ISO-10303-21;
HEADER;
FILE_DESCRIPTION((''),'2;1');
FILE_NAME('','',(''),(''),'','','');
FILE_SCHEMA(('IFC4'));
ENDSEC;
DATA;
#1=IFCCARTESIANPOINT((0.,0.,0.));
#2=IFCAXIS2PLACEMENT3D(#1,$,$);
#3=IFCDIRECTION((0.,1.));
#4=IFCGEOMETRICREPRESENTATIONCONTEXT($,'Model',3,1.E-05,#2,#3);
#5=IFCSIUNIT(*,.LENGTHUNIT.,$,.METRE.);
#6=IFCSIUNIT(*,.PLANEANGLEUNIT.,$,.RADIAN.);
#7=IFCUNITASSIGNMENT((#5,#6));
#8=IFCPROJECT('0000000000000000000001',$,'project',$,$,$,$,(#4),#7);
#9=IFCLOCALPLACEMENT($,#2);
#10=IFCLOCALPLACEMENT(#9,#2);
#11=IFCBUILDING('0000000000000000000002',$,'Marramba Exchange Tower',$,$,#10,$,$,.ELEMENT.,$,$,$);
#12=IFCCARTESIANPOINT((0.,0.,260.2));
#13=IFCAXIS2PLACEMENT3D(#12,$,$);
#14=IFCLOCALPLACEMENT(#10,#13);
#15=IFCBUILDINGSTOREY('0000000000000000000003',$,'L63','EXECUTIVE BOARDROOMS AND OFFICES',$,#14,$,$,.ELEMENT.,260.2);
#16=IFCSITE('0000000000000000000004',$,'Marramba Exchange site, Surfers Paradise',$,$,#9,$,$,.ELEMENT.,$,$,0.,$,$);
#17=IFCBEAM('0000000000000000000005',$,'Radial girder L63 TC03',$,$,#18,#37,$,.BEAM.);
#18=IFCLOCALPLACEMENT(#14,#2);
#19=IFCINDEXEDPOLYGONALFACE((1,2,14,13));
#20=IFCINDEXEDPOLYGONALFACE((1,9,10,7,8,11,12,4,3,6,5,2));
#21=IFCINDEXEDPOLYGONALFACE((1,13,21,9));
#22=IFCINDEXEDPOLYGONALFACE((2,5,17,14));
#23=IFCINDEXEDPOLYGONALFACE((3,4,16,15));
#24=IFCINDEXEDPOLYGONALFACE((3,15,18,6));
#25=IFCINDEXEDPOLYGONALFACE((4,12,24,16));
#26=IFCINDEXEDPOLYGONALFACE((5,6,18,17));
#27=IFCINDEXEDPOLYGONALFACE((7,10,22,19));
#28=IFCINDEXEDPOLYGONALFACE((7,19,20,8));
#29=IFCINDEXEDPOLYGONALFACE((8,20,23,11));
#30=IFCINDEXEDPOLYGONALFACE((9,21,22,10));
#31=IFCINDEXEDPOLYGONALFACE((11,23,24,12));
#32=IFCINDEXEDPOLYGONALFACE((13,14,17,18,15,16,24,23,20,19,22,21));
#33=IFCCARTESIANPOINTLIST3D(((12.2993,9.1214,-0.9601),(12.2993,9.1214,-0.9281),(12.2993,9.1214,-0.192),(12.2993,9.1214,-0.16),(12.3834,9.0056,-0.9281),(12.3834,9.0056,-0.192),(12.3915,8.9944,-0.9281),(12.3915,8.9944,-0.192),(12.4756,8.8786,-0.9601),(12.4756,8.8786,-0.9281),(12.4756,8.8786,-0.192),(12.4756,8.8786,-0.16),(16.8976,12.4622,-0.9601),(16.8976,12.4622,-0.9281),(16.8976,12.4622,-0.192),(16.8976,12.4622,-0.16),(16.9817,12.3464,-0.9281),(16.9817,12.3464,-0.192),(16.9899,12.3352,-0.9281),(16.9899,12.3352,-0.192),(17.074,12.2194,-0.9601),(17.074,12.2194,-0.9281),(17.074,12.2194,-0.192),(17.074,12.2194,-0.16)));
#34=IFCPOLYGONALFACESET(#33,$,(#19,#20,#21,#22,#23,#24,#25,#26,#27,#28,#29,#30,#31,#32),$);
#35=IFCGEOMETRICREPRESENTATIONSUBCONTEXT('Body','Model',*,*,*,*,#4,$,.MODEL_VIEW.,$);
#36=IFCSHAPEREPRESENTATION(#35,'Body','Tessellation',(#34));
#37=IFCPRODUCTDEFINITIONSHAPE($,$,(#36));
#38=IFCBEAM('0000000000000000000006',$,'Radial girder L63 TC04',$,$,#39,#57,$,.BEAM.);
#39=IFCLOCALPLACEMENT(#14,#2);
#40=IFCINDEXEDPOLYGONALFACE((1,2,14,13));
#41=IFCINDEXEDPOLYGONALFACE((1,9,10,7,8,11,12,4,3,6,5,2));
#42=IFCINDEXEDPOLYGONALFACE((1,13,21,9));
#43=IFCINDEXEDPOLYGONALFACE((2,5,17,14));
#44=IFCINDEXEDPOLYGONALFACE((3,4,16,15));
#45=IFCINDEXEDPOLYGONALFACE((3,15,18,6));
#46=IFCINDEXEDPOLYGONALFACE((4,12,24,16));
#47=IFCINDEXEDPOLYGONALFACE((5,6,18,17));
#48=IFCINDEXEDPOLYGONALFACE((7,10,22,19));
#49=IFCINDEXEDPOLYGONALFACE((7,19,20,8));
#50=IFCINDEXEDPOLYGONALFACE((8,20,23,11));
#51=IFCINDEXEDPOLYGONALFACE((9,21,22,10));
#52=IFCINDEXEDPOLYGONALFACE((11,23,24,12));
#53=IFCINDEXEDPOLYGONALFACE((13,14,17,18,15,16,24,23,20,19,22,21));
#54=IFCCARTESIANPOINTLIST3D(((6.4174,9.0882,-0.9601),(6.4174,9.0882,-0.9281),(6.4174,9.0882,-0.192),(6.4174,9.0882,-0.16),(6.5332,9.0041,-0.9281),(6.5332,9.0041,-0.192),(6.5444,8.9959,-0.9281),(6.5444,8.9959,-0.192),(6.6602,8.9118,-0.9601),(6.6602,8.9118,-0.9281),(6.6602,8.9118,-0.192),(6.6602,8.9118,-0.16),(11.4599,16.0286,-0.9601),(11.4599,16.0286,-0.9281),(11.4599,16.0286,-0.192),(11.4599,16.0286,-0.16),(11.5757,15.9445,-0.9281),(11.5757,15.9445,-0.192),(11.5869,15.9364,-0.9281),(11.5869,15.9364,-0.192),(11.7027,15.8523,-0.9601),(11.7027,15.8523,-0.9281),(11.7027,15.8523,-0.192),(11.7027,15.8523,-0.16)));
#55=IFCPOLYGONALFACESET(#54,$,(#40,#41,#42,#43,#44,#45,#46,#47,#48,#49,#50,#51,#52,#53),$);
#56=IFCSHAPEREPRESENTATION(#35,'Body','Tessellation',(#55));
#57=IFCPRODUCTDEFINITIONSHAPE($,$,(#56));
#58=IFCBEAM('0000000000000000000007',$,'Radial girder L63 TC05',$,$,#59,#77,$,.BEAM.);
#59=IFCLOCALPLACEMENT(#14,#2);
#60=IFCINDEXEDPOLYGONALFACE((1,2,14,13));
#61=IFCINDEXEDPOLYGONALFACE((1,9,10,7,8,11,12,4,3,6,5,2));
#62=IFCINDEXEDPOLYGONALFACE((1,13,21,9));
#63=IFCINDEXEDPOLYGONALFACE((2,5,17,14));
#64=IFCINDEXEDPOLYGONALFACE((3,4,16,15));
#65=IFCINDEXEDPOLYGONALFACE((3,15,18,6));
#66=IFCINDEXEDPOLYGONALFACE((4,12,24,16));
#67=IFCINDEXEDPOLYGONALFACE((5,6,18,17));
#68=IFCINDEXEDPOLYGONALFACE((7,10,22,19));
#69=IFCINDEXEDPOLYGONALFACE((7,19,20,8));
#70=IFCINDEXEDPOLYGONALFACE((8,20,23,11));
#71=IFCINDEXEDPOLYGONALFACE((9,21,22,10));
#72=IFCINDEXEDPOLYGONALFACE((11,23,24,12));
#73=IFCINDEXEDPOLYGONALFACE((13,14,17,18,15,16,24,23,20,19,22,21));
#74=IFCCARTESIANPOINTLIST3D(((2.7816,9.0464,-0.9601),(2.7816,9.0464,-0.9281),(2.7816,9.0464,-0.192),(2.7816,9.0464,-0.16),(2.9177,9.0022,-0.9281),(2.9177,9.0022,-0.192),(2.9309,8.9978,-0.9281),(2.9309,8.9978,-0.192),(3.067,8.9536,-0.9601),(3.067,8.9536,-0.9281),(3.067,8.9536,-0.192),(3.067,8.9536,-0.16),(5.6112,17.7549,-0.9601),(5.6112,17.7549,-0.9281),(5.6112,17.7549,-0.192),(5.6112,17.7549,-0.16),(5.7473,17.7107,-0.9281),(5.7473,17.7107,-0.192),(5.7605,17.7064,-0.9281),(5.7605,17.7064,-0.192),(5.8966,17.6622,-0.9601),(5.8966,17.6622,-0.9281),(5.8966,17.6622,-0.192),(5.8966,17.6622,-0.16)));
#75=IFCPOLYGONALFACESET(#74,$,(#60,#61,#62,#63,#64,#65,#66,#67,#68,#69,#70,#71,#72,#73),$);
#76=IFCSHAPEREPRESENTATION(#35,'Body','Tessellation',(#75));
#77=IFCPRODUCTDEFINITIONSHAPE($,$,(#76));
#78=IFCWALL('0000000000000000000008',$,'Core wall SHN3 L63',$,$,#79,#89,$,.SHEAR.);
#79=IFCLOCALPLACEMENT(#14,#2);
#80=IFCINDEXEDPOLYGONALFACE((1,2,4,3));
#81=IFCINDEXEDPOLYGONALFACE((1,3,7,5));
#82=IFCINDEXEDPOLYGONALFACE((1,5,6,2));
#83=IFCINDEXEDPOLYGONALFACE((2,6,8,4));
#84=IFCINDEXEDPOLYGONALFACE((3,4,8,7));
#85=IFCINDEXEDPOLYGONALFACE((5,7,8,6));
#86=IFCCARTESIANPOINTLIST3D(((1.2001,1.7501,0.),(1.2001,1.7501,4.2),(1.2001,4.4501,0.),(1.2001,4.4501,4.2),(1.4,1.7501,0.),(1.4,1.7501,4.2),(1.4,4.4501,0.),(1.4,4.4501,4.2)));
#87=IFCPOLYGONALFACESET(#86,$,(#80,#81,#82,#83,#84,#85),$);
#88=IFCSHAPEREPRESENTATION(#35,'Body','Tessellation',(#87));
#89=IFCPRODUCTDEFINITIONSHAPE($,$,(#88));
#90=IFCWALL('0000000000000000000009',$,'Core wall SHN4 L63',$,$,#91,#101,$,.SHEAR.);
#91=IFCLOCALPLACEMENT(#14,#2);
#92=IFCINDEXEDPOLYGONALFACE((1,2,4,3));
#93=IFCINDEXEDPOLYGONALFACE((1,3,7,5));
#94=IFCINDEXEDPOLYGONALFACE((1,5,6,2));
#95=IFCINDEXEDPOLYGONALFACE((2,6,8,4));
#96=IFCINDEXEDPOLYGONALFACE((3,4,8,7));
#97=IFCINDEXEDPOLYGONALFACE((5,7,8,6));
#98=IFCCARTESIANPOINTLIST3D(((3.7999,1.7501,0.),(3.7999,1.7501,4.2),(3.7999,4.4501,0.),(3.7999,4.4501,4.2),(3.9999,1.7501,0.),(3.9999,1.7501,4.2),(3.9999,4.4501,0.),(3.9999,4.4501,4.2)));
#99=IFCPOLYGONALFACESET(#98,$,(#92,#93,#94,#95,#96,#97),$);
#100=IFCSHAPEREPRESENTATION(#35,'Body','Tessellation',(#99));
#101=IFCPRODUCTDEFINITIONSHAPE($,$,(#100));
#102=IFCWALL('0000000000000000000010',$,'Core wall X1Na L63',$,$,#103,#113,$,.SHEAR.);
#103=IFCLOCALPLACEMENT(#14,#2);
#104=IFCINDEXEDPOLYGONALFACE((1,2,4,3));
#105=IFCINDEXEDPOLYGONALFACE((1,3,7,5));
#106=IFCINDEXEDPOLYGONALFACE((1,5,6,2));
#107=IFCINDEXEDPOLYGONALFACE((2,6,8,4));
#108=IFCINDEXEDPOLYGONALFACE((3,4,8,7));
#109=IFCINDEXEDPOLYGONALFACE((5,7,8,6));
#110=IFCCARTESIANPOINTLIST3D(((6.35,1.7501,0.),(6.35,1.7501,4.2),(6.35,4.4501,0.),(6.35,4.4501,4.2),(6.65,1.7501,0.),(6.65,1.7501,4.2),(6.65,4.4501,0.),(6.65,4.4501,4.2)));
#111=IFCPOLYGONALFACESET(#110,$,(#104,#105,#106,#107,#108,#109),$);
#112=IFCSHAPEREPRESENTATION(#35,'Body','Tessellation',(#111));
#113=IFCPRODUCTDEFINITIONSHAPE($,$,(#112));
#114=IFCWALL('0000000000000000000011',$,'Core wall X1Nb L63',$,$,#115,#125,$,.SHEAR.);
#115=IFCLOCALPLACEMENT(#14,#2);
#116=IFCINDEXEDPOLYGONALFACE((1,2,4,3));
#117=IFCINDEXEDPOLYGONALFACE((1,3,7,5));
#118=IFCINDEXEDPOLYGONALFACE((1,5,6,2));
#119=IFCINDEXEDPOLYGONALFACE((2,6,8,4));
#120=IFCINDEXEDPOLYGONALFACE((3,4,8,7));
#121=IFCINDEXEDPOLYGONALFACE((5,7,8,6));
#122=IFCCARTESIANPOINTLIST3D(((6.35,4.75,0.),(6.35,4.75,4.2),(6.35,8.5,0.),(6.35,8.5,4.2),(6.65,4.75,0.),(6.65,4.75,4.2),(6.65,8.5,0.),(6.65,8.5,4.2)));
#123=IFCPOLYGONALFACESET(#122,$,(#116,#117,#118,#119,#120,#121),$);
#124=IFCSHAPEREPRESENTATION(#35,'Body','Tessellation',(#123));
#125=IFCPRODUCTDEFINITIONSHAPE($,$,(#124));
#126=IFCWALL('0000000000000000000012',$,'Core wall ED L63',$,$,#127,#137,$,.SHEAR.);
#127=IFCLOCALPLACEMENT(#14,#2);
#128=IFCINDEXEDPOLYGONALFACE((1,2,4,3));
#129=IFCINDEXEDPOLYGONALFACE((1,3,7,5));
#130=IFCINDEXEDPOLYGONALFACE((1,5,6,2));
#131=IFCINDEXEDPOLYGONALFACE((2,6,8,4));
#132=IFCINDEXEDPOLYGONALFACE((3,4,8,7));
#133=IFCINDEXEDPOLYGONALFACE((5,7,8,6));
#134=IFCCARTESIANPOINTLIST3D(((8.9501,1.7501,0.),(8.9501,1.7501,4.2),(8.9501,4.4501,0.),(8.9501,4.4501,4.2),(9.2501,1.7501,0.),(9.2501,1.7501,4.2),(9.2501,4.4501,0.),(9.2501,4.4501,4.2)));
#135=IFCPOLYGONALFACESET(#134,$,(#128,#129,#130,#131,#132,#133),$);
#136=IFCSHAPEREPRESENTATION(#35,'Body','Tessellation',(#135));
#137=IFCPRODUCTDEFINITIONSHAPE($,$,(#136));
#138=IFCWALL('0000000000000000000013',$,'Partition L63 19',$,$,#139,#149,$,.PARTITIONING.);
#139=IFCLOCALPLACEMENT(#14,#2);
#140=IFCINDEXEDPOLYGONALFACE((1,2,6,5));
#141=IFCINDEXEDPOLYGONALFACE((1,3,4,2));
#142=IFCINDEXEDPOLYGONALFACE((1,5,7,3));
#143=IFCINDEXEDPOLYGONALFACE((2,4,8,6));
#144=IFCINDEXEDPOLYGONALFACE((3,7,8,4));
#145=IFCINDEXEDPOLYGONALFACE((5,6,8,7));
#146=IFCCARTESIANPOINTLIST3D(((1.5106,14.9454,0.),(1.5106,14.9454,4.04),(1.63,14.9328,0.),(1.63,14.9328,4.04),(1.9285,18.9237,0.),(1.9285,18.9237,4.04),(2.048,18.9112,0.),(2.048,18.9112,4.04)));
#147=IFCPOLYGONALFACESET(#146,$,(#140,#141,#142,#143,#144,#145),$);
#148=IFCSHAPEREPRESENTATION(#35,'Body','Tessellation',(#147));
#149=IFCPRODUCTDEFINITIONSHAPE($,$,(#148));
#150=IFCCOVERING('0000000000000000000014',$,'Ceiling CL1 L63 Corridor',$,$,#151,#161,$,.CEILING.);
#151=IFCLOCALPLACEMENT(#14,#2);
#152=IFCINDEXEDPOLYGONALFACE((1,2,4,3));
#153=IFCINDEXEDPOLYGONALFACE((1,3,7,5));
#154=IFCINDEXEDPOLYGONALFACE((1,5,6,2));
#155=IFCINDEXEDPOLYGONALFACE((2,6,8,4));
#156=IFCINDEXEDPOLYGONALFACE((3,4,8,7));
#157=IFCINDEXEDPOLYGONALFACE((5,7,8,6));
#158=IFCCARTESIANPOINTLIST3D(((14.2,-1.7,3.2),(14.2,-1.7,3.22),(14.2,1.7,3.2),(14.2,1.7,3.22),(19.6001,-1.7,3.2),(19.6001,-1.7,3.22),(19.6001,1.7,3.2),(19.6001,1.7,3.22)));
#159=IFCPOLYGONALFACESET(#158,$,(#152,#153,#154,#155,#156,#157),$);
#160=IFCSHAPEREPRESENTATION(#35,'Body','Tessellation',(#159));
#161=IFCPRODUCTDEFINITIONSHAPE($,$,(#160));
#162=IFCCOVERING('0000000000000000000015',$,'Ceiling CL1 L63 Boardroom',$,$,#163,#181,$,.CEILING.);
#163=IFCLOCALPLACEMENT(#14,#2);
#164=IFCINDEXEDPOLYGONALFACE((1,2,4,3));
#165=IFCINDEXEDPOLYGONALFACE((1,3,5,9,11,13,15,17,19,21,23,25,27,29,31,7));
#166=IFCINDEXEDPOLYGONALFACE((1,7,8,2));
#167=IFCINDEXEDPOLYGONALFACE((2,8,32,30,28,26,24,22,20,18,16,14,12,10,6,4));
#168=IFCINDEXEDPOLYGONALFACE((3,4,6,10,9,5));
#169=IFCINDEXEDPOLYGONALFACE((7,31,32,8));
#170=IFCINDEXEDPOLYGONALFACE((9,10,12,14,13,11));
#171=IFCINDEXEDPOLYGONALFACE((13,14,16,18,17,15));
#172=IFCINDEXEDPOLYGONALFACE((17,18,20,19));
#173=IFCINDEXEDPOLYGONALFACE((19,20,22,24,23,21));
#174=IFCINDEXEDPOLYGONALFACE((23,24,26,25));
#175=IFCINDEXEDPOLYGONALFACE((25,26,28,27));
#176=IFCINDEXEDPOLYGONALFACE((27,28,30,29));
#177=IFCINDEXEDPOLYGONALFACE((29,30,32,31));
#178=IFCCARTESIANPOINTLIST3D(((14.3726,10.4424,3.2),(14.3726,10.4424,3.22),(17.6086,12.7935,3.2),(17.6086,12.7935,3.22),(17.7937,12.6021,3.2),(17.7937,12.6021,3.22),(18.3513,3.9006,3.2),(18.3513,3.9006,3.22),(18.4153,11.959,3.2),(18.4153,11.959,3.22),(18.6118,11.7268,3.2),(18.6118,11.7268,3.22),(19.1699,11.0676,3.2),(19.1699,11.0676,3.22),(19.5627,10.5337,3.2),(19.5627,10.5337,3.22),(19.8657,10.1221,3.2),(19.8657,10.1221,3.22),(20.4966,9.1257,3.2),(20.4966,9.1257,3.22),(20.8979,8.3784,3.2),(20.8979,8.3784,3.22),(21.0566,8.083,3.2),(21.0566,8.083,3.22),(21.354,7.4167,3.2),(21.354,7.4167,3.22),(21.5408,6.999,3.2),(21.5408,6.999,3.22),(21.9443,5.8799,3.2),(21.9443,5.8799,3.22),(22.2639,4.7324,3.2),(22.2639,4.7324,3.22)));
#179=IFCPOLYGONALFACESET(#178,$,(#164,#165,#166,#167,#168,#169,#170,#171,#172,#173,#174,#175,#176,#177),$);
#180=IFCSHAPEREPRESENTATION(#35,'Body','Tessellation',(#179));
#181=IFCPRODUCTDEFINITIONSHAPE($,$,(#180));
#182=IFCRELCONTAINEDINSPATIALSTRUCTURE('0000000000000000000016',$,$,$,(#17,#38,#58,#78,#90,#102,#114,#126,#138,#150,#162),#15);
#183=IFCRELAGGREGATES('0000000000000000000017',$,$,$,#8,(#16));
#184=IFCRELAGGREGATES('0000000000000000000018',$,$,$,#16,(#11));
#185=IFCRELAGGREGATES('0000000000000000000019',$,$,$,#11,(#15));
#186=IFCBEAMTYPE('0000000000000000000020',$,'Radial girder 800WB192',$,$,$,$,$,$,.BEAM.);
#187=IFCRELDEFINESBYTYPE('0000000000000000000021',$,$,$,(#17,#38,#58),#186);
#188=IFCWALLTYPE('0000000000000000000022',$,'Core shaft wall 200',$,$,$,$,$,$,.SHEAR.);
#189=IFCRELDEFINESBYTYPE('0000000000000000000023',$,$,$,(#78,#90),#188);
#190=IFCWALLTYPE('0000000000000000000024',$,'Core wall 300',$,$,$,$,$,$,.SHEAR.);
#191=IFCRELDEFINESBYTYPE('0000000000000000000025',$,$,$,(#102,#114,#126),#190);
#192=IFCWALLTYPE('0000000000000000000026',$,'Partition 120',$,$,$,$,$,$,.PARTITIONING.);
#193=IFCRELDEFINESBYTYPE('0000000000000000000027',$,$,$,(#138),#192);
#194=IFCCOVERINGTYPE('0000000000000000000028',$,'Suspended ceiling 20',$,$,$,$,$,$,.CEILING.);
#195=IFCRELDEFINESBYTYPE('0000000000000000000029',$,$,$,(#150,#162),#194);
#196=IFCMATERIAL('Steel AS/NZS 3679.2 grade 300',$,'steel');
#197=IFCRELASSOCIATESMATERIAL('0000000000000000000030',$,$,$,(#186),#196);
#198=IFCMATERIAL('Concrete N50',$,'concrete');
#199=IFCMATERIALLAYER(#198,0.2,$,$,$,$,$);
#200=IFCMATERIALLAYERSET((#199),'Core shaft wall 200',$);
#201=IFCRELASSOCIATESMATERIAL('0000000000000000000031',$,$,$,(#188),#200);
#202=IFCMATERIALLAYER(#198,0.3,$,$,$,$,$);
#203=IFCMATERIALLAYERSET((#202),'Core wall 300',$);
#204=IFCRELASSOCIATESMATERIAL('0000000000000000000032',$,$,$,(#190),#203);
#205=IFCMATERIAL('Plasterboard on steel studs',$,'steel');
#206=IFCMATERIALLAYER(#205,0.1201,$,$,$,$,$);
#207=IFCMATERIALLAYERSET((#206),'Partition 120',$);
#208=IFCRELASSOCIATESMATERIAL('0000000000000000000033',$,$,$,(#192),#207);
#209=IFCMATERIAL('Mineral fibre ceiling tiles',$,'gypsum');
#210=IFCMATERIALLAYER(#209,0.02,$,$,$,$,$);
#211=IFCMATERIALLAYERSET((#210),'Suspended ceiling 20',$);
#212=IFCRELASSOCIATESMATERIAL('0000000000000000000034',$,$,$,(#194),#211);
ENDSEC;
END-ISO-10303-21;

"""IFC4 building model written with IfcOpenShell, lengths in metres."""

from ifc_helpers import new_model, si_unit, direction, frame, frame_2d, origin, origin_2d, place, context, subcontext, project, spatial, polyline, rectangle, i_section, outline, extrude, material, layer, layer_set, material_profile, profile_set, type_object, element, save


model = new_model("IFC4")

# Units and contexts
model_context = context("Model", 3, precision=1e-05, world=origin(), true_north=direction((0.0, 1.0)))
body_context = subcontext(model_context, "Body", "Model", "MODEL_VIEW")
ifc_project = project(units=[si_unit("LENGTHUNIT", "METRE"), si_unit("PLANEANGLEUNIT", "RADIAN")], contexts=[model_context])

# Site, building, storey
site_placement = place(None, origin())
site = spatial("IfcSite", under=ifc_project, at=site_placement, Name="Marramba Exchange site, Surfers Paradise", CompositionType="ELEMENT", RefElevation=0.0)
building_placement = place(site_placement, origin())
building = spatial("IfcBuilding", under=site, at=building_placement, Name="Marramba Exchange Tower", CompositionType="ELEMENT")
storey_placement = place(building_placement, frame((0.0, 0.0, 260.2)))
storey = spatial("IfcBuildingStorey", under=building, at=storey_placement, Name="L63", Description="EXECUTIVE BOARDROOMS AND OFFICES", CompositionType="ELEMENT", Elevation=260.2)

# Beams
ifc_material_1 = material(Name="Steel AS/NZS 3679.2 grade 300", Category="steel")
ifc_material_profile_1 = material_profile(ifc_material_1, i_section(OverallWidth=0.3, OverallDepth=0.8, WebThickness=0.0139, FlangeThickness=0.032, at=origin_2d()), Name="800WB192")
ifc_profile_set_1 = profile_set([ifc_material_profile_1], Name="Steel AS/NZS 3679.2 grade 300")
beam_type_1 = type_object("IfcBeamType", Name="Radial girder 800WB192", PredefinedType="BEAM", material=ifc_profile_set_1)
beam_1_placement = place(storey_placement, frame((12.3875, 9.0, -0.5601), z_axis=(0.809026, 0.587773, 0.0), x_axis=(-0.587773, 0.809026, 0.0)))
element("IfcBeam", 1, at=beam_1_placement, inside=storey, type_object=beam_type_1, Name="Radial girder L63 TC03", PredefinedType="BEAM", context=body_context, shape_type="SweptSolid", body=[
    extrude(i_section(OverallWidth=0.3, OverallDepth=0.8, WebThickness=0.0139, FlangeThickness=0.032, at=origin_2d()), origin(), (0.0, 0.0, 1.0), 5.6838),
])
beam_2_placement = place(storey_placement, frame((6.5388, 9.0, -0.5601), z_axis=(0.587782, 0.809019, 0.0), x_axis=(-0.809019, 0.587782, 0.0)))
element("IfcBeam", 2, at=beam_2_placement, inside=storey, type_object=beam_type_1, Name="Radial girder L63 TC04", PredefinedType="BEAM", context=body_context, shape_type="SweptSolid", body=[
    extrude(i_section(OverallWidth=0.3, OverallDepth=0.8, WebThickness=0.0139, FlangeThickness=0.032, at=origin_2d()), origin(), (0.0, 0.0, 1.0), 8.5789),
])
beam_3_placement = place(storey_placement, frame((2.9243, 9.0, -0.5601), z_axis=(0.30902, 0.951056, 0.0), x_axis=(-0.951056, 0.30902, 0.0)))
element("IfcBeam", 3, at=beam_3_placement, inside=storey, type_object=beam_type_1, Name="Radial girder L63 TC05", PredefinedType="BEAM", context=body_context, shape_type="SweptSolid", body=[
    extrude(i_section(OverallWidth=0.3, OverallDepth=0.8, WebThickness=0.0139, FlangeThickness=0.032, at=origin_2d()), origin(), (0.0, 0.0, 1.0), 9.1567),
])

# Walls
ifc_material_2 = material(Name="Concrete N50", Category="concrete")
ifc_layer_1 = layer(ifc_material_2, 0.2)
ifc_layer_set_1 = layer_set([ifc_layer_1], Name="Core shaft wall 200")
wall_type_1 = type_object("IfcWallType", Name="Core shaft wall 200", PredefinedType="SHEAR", material=ifc_layer_set_1)
for number, where, z_axis, x_axis, name in (
    (4, (1.3, 1.75, 0.0), (0.0, 0.0, 1.0), (0.0, 1.0, 0.0), "Core wall SHN3 L63"),
    (5, (3.8999, 1.75, 0.0), (0.0, 0.0, 1.0), (0.0, 1.0, 0.0), "Core wall SHN4 L63"),
):
    element("IfcWall", number, at=place(storey_placement, frame(where, z_axis=z_axis, x_axis=x_axis)), inside=storey, type_object=wall_type_1, Name=name, PredefinedType="SHEAR", context=body_context, shape_type="SweptSolid", body=[
        extrude(rectangle(XDim=2.7, YDim=0.2, at=frame_2d((1.3501, 0.0))), origin(), (0.0, 0.0, 1.0), 4.2),
    ])
ifc_layer_2 = layer(ifc_material_2, 0.3)
ifc_layer_set_2 = layer_set([ifc_layer_2], Name="Core wall 300")
wall_type_2 = type_object("IfcWallType", Name="Core wall 300", PredefinedType="SHEAR", material=ifc_layer_set_2)
wall_1_placement = place(storey_placement, frame((6.5, 1.75, 0.0), z_axis=(0.0, 0.0, 1.0), x_axis=(0.0, 1.0, 0.0)))
element("IfcWall", 6, at=wall_1_placement, inside=storey, type_object=wall_type_2, Name="Core wall X1Na L63", PredefinedType="SHEAR", context=body_context, shape_type="SweptSolid", body=[
    extrude(rectangle(XDim=2.7, YDim=0.3, at=frame_2d((1.3501, 0.0))), origin(), (0.0, 0.0, 1.0), 4.2),
])
wall_2_placement = place(storey_placement, frame((6.5, 4.75, 0.0), z_axis=(0.0, 0.0, 1.0), x_axis=(0.0, 1.0, 0.0)))
element("IfcWall", 7, at=wall_2_placement, inside=storey, type_object=wall_type_2, Name="Core wall X1Nb L63", PredefinedType="SHEAR", context=body_context, shape_type="SweptSolid", body=[
    extrude(rectangle(XDim=3.75, YDim=0.3, at=frame_2d((1.875, 0.0))), origin(), (0.0, 0.0, 1.0), 4.2),
])
wall_3_placement = place(storey_placement, frame((9.1001, 1.75, 0.0), z_axis=(0.0, 0.0, 1.0), x_axis=(0.0, 1.0, 0.0)))
element("IfcWall", 8, at=wall_3_placement, inside=storey, type_object=wall_type_2, Name="Core wall ED L63", PredefinedType="SHEAR", context=body_context, shape_type="SweptSolid", body=[
    extrude(rectangle(XDim=2.7, YDim=0.3, at=frame_2d((1.3501, 0.0))), origin(), (0.0, 0.0, 1.0), 4.2),
])
ifc_material_3 = material(Name="Plasterboard on steel studs", Category="steel")
ifc_layer_3 = layer(ifc_material_3, 0.1201)
ifc_layer_set_3 = layer_set([ifc_layer_3], Name="Partition 120")
wall_type_3 = type_object("IfcWallType", Name="Partition 120", PredefinedType="PARTITIONING", material=ifc_layer_set_3)
wall_4_placement = place(storey_placement, frame((1.5703, 14.9392, 0.0), z_axis=(0.0, 0.0, 1.0), x_axis=(0.104488, 0.994526, 0.0)))
element("IfcWall", 9, at=wall_4_placement, inside=storey, type_object=wall_type_3, Name="Partition L63 19", PredefinedType="PARTITIONING", context=body_context, shape_type="SweptSolid", body=[
    extrude(rectangle(XDim=4.0002, YDim=0.1201, at=frame_2d((2.0, 0.0))), origin(), (0.0, 0.0, 1.0), 4.04),
])

# Coverings
ifc_material_4 = material(Name="Mineral fibre ceiling tiles", Category="gypsum")
ifc_layer_4 = layer(ifc_material_4, 0.02)
ifc_layer_set_4 = layer_set([ifc_layer_4], Name="Suspended ceiling 20")
covering_type = type_object("IfcCoveringType", Name="Suspended ceiling 20", PredefinedType="CEILING", material=ifc_layer_set_4)
covering_1_placement = place(storey_placement, frame((0.0, 0.0, 3.2)))
element("IfcCovering", 10, at=covering_1_placement, inside=storey, type_object=covering_type, Name="Ceiling CL1 L63 Corridor", PredefinedType="CEILING", context=body_context, shape_type="SweptSolid", body=[
    extrude(outline(polyline([(14.2, -1.7), (14.2, 1.7), (19.6001, 1.7), (19.6001, -1.7), (14.2, -1.7)])), origin(), (0.0, 0.0, 1.0), 0.02),
])
covering_2_placement = place(storey_placement, frame((0.0, 0.0, 3.2)))
element("IfcCovering", 11, at=covering_2_placement, inside=storey, type_object=covering_type, Name="Ceiling CL1 L63 Boardroom", PredefinedType="CEILING", context=body_context, shape_type="SweptSolid", body=[
    extrude(outline(polyline([(17.7937, 12.6021), (18.4153, 11.959), (18.6118, 11.7268), (19.1699, 11.0676), (19.5627, 10.5337), (19.8657, 10.1221), (20.4966, 9.1257), (20.8979, 8.3784), (21.0566, 8.083), (21.354, 7.4167), (21.5408, 6.999), (21.9443, 5.8799), (22.2639, 4.7324), (18.3513, 3.9006), (14.3726, 10.4424), (17.6086, 12.7935), (17.7937, 12.6021)])), origin(), (0.0, 0.0, 1.0), 0.02),
])

save(model, "model.ifc")
